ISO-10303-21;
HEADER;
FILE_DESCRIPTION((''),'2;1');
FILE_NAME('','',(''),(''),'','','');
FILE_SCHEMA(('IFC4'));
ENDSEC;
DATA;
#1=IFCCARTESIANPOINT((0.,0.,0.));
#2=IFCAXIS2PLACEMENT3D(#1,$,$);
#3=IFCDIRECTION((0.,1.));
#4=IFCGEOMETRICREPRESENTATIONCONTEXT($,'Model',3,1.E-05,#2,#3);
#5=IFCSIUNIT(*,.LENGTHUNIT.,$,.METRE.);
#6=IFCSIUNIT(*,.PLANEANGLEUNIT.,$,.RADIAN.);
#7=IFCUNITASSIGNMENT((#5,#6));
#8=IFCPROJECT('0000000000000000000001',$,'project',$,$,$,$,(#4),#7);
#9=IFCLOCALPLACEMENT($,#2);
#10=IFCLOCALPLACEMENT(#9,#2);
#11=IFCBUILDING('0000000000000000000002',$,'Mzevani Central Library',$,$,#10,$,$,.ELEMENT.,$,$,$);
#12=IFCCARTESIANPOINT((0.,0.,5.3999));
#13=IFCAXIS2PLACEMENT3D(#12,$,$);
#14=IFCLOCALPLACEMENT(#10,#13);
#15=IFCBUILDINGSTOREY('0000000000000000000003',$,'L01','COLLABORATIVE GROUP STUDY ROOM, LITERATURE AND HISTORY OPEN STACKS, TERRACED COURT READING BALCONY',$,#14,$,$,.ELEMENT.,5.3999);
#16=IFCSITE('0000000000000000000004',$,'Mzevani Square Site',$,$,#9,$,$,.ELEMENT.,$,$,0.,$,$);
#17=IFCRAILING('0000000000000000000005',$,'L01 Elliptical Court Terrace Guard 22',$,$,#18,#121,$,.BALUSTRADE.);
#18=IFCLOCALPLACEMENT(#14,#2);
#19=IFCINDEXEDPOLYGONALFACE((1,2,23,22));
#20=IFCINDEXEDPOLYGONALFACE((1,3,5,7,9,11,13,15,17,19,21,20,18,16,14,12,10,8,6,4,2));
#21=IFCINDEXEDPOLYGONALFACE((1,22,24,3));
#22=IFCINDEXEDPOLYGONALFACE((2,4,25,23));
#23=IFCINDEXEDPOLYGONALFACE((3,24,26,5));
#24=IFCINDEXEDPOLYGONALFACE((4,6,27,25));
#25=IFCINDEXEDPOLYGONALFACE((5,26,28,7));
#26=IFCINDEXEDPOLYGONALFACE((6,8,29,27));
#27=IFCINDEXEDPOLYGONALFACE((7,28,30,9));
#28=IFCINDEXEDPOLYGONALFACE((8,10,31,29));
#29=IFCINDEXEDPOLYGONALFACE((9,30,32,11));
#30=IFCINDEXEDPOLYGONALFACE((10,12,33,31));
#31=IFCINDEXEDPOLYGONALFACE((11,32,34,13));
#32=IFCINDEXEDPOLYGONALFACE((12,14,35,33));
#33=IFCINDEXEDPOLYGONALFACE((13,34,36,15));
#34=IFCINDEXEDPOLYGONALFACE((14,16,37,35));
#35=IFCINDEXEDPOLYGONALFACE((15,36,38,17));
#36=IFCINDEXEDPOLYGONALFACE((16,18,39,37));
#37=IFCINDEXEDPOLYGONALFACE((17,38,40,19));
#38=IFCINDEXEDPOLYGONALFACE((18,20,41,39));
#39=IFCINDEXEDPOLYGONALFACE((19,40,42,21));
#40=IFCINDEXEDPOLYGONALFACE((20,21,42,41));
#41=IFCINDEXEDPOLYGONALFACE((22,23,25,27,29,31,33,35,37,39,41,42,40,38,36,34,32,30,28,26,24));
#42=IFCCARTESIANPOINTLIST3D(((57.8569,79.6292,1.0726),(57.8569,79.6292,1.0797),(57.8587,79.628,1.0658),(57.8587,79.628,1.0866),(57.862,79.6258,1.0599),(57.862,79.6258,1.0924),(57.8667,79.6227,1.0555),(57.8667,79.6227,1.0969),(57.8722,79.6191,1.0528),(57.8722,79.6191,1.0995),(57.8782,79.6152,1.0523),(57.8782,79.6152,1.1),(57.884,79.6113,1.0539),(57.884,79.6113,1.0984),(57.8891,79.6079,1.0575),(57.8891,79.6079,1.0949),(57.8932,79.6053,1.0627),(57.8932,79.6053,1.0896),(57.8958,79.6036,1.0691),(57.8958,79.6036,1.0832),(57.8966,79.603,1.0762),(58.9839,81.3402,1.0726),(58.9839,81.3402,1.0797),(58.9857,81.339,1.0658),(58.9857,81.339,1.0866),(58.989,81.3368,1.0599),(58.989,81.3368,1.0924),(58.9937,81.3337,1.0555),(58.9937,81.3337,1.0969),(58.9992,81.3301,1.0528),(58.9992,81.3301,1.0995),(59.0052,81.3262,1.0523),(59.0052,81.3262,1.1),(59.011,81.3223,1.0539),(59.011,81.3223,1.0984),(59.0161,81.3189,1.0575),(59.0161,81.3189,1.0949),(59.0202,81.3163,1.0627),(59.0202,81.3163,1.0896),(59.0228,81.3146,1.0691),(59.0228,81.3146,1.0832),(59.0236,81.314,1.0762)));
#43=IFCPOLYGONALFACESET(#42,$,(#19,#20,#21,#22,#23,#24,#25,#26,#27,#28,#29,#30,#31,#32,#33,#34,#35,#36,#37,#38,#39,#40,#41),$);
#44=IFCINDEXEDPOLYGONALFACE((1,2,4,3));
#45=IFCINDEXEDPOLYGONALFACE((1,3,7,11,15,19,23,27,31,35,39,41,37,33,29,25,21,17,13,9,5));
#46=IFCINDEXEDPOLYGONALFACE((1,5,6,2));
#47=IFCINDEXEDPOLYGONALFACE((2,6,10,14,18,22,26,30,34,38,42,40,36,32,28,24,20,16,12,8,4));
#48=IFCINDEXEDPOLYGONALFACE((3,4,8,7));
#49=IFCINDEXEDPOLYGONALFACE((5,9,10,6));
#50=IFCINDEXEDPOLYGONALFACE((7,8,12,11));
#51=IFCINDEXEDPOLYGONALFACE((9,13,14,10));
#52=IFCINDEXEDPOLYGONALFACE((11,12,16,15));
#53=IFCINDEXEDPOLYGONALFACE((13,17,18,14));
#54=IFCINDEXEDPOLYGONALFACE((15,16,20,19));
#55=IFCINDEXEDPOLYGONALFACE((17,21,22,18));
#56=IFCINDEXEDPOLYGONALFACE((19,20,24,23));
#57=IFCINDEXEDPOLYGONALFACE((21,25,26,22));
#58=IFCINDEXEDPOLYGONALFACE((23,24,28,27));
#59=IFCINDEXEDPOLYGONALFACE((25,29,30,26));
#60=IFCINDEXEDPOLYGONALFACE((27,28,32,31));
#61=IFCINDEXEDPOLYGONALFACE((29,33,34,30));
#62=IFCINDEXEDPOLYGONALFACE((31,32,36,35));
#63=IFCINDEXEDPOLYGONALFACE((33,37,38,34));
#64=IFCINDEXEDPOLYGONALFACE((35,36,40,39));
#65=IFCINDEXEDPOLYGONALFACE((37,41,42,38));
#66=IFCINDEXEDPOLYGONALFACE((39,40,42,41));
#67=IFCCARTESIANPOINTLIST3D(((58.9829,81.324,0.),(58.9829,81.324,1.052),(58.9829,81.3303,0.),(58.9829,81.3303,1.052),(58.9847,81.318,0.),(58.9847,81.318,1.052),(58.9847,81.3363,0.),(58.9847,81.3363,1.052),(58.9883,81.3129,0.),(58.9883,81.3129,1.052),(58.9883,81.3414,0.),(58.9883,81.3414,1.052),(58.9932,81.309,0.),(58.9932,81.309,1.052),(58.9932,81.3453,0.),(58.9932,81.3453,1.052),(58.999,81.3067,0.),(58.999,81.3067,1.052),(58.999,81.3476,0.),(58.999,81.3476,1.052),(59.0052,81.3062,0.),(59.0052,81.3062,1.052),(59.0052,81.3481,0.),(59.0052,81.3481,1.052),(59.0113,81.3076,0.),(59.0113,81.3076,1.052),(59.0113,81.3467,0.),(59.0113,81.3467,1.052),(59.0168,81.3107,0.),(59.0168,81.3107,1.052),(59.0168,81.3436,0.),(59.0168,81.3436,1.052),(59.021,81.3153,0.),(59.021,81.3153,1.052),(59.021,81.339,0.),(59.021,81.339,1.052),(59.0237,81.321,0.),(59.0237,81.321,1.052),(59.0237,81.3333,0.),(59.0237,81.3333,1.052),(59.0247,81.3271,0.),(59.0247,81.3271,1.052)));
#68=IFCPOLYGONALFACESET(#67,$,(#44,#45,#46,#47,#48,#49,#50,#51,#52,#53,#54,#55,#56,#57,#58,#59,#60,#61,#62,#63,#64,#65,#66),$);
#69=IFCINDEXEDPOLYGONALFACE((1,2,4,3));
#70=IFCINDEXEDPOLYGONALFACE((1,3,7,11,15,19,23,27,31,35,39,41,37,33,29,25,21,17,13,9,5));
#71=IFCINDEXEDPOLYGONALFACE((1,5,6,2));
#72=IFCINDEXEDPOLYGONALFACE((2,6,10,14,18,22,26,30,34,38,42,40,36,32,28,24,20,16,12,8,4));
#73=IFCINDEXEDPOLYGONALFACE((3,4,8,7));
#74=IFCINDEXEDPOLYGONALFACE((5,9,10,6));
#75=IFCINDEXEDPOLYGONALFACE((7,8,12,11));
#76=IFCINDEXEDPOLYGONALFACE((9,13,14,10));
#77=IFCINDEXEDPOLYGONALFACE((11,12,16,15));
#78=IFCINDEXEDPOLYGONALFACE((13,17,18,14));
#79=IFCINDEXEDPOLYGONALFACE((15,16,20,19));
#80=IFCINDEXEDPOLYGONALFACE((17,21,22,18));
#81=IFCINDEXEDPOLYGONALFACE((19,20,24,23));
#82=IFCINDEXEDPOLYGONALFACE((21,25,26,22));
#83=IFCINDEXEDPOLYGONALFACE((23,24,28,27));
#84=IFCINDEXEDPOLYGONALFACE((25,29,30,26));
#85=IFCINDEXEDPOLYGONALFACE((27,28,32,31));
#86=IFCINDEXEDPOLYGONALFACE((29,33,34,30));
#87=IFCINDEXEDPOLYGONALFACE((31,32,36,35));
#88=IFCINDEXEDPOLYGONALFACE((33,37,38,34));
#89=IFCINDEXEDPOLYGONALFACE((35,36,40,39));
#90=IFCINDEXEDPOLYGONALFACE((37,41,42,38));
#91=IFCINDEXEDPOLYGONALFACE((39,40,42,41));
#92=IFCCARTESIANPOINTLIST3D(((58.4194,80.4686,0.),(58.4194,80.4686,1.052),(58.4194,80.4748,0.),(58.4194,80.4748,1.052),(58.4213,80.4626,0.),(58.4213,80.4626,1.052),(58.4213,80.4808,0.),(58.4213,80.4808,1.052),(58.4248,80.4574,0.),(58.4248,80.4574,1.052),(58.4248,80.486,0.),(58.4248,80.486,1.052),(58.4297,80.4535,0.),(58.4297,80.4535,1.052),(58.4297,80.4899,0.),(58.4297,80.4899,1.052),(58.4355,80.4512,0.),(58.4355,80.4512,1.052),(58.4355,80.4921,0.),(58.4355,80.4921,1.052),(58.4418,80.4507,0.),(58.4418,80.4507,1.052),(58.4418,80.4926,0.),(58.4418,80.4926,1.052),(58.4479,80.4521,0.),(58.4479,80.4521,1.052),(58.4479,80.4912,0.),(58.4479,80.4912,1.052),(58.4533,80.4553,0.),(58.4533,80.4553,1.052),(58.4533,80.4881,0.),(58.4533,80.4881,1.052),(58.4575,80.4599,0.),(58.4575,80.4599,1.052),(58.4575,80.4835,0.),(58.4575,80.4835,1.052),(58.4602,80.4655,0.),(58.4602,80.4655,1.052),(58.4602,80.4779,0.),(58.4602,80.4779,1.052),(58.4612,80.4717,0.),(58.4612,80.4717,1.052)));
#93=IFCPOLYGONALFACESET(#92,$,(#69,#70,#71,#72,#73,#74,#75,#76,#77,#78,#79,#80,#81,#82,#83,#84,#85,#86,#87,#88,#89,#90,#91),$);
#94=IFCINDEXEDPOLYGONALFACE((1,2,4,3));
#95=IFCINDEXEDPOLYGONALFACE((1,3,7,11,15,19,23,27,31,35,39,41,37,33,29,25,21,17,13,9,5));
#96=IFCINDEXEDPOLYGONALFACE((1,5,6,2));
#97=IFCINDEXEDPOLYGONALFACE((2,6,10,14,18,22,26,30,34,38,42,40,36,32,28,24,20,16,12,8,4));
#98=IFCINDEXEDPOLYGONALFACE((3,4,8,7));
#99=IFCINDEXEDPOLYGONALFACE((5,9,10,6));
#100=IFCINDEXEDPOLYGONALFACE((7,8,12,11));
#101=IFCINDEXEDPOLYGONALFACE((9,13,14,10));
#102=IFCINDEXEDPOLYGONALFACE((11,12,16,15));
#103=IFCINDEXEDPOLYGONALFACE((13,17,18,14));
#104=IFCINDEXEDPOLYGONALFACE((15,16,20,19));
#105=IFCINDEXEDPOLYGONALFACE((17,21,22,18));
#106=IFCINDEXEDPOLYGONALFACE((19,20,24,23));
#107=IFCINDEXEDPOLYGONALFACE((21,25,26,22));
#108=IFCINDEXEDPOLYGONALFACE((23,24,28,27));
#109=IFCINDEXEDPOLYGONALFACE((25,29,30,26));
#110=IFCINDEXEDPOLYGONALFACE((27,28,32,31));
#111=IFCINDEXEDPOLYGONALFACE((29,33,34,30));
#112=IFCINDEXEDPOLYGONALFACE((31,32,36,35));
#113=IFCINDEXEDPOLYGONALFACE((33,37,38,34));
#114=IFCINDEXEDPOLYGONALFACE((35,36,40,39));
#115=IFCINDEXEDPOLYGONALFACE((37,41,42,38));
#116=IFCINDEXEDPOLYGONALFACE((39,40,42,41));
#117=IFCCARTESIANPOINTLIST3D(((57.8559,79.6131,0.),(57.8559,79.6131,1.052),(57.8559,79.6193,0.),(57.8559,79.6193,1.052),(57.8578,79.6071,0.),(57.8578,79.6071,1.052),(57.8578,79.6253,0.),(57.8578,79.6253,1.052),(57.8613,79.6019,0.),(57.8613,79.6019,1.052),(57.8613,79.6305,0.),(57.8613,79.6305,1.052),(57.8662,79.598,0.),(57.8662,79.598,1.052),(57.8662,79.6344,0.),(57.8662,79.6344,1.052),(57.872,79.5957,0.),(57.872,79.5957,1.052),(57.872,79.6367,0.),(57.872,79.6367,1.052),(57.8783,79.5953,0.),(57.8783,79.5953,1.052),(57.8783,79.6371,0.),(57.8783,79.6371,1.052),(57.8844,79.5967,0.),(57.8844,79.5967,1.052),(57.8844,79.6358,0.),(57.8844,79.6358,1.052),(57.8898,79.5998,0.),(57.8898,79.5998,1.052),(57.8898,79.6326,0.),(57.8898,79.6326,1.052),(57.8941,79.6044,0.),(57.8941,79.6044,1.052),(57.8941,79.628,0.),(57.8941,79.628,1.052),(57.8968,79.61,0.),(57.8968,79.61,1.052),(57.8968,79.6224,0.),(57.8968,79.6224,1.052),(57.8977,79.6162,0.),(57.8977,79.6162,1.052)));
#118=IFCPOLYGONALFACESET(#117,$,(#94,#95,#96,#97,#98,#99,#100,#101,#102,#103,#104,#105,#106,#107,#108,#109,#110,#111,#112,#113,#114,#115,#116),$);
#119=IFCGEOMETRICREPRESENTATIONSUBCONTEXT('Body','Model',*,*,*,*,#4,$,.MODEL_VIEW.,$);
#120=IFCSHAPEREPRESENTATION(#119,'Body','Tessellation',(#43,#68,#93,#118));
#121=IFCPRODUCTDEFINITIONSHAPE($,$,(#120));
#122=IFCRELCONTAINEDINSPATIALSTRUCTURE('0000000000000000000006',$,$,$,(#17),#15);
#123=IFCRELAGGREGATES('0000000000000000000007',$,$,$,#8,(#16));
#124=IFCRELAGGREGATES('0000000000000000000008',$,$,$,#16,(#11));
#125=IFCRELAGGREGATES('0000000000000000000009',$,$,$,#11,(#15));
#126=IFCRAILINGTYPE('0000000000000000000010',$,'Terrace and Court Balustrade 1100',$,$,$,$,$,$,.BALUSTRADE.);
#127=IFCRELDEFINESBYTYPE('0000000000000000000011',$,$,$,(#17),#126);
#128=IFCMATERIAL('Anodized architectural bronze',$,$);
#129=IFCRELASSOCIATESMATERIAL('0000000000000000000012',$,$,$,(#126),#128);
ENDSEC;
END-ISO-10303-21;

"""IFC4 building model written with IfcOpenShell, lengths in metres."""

from ifc_helpers import new_model, si_unit, direction, frame, origin, origin_2d, place, context, subcontext, project, spatial, circle, extrude, material, type_object, element, save


model = new_model("IFC4")

# Units and contexts
model_context = context("Model", 3, precision=1e-05, world=origin(), true_north=direction((0.0, 1.0)))
body_context = subcontext(model_context, "Body", "Model", "MODEL_VIEW")
ifc_project = project(units=[si_unit("LENGTHUNIT", "METRE"), si_unit("PLANEANGLEUNIT", "RADIAN")], contexts=[model_context])

# Site, building, storey
site_placement = place(None, origin())
site = spatial("IfcSite", under=ifc_project, at=site_placement, Name="Mzevani Square Site", CompositionType="ELEMENT", RefElevation=0.0)
building_placement = place(site_placement, origin())
building = spatial("IfcBuilding", under=site, at=building_placement, Name="Mzevani Central Library", CompositionType="ELEMENT")
storey_placement = place(building_placement, frame((0.0, 0.0, 5.3999)))
storey = spatial("IfcBuildingStorey", under=building, at=storey_placement, Name="L01", Description="COLLABORATIVE GROUP STUDY ROOM, LITERATURE AND HISTORY OPEN STACKS, TERRACED COURT READING BALCONY", CompositionType="ELEMENT", Elevation=5.3999)

# Railing
ifc_material_1 = material(Name="Anodized architectural bronze")
railing_type = type_object("IfcRailingType", Name="Terrace and Court Balustrade 1100", PredefinedType="BALUSTRADE", material=ifc_material_1)
railing_1_placement = place(storey_placement, frame((59.0037, 81.3271, 0.0)))
element("IfcRailing", 1, at=railing_1_placement, inside=storey, type_object=railing_type, Name="L01 Elliptical Court Terrace Guard 22", PredefinedType="BALUSTRADE", context=body_context, shape_type="SweptSolid", body=[
    extrude(circle(Radius=0.0239, at=origin_2d()), frame((0.0, 0.0, 1.0762), z_axis=(-0.550072, -0.835117, 0.0), x_axis=(0.835117, -0.550072, 0.0)), (0.0, 0.0, 1.0), 2.0488),
    extrude(circle(Radius=0.021, at=origin_2d()), origin(), (0.0, 0.0, 1.0), 1.052),
    extrude(circle(Radius=0.021, at=origin_2d()), frame((-0.5635, -0.8555, 0.0)), (0.0, 0.0, 1.0), 1.052),
    extrude(circle(Radius=0.021, at=origin_2d()), frame((-1.127, -1.7109, 0.0)), (0.0, 0.0, 1.0), 1.052),
])

save(model, "model.ifc")
